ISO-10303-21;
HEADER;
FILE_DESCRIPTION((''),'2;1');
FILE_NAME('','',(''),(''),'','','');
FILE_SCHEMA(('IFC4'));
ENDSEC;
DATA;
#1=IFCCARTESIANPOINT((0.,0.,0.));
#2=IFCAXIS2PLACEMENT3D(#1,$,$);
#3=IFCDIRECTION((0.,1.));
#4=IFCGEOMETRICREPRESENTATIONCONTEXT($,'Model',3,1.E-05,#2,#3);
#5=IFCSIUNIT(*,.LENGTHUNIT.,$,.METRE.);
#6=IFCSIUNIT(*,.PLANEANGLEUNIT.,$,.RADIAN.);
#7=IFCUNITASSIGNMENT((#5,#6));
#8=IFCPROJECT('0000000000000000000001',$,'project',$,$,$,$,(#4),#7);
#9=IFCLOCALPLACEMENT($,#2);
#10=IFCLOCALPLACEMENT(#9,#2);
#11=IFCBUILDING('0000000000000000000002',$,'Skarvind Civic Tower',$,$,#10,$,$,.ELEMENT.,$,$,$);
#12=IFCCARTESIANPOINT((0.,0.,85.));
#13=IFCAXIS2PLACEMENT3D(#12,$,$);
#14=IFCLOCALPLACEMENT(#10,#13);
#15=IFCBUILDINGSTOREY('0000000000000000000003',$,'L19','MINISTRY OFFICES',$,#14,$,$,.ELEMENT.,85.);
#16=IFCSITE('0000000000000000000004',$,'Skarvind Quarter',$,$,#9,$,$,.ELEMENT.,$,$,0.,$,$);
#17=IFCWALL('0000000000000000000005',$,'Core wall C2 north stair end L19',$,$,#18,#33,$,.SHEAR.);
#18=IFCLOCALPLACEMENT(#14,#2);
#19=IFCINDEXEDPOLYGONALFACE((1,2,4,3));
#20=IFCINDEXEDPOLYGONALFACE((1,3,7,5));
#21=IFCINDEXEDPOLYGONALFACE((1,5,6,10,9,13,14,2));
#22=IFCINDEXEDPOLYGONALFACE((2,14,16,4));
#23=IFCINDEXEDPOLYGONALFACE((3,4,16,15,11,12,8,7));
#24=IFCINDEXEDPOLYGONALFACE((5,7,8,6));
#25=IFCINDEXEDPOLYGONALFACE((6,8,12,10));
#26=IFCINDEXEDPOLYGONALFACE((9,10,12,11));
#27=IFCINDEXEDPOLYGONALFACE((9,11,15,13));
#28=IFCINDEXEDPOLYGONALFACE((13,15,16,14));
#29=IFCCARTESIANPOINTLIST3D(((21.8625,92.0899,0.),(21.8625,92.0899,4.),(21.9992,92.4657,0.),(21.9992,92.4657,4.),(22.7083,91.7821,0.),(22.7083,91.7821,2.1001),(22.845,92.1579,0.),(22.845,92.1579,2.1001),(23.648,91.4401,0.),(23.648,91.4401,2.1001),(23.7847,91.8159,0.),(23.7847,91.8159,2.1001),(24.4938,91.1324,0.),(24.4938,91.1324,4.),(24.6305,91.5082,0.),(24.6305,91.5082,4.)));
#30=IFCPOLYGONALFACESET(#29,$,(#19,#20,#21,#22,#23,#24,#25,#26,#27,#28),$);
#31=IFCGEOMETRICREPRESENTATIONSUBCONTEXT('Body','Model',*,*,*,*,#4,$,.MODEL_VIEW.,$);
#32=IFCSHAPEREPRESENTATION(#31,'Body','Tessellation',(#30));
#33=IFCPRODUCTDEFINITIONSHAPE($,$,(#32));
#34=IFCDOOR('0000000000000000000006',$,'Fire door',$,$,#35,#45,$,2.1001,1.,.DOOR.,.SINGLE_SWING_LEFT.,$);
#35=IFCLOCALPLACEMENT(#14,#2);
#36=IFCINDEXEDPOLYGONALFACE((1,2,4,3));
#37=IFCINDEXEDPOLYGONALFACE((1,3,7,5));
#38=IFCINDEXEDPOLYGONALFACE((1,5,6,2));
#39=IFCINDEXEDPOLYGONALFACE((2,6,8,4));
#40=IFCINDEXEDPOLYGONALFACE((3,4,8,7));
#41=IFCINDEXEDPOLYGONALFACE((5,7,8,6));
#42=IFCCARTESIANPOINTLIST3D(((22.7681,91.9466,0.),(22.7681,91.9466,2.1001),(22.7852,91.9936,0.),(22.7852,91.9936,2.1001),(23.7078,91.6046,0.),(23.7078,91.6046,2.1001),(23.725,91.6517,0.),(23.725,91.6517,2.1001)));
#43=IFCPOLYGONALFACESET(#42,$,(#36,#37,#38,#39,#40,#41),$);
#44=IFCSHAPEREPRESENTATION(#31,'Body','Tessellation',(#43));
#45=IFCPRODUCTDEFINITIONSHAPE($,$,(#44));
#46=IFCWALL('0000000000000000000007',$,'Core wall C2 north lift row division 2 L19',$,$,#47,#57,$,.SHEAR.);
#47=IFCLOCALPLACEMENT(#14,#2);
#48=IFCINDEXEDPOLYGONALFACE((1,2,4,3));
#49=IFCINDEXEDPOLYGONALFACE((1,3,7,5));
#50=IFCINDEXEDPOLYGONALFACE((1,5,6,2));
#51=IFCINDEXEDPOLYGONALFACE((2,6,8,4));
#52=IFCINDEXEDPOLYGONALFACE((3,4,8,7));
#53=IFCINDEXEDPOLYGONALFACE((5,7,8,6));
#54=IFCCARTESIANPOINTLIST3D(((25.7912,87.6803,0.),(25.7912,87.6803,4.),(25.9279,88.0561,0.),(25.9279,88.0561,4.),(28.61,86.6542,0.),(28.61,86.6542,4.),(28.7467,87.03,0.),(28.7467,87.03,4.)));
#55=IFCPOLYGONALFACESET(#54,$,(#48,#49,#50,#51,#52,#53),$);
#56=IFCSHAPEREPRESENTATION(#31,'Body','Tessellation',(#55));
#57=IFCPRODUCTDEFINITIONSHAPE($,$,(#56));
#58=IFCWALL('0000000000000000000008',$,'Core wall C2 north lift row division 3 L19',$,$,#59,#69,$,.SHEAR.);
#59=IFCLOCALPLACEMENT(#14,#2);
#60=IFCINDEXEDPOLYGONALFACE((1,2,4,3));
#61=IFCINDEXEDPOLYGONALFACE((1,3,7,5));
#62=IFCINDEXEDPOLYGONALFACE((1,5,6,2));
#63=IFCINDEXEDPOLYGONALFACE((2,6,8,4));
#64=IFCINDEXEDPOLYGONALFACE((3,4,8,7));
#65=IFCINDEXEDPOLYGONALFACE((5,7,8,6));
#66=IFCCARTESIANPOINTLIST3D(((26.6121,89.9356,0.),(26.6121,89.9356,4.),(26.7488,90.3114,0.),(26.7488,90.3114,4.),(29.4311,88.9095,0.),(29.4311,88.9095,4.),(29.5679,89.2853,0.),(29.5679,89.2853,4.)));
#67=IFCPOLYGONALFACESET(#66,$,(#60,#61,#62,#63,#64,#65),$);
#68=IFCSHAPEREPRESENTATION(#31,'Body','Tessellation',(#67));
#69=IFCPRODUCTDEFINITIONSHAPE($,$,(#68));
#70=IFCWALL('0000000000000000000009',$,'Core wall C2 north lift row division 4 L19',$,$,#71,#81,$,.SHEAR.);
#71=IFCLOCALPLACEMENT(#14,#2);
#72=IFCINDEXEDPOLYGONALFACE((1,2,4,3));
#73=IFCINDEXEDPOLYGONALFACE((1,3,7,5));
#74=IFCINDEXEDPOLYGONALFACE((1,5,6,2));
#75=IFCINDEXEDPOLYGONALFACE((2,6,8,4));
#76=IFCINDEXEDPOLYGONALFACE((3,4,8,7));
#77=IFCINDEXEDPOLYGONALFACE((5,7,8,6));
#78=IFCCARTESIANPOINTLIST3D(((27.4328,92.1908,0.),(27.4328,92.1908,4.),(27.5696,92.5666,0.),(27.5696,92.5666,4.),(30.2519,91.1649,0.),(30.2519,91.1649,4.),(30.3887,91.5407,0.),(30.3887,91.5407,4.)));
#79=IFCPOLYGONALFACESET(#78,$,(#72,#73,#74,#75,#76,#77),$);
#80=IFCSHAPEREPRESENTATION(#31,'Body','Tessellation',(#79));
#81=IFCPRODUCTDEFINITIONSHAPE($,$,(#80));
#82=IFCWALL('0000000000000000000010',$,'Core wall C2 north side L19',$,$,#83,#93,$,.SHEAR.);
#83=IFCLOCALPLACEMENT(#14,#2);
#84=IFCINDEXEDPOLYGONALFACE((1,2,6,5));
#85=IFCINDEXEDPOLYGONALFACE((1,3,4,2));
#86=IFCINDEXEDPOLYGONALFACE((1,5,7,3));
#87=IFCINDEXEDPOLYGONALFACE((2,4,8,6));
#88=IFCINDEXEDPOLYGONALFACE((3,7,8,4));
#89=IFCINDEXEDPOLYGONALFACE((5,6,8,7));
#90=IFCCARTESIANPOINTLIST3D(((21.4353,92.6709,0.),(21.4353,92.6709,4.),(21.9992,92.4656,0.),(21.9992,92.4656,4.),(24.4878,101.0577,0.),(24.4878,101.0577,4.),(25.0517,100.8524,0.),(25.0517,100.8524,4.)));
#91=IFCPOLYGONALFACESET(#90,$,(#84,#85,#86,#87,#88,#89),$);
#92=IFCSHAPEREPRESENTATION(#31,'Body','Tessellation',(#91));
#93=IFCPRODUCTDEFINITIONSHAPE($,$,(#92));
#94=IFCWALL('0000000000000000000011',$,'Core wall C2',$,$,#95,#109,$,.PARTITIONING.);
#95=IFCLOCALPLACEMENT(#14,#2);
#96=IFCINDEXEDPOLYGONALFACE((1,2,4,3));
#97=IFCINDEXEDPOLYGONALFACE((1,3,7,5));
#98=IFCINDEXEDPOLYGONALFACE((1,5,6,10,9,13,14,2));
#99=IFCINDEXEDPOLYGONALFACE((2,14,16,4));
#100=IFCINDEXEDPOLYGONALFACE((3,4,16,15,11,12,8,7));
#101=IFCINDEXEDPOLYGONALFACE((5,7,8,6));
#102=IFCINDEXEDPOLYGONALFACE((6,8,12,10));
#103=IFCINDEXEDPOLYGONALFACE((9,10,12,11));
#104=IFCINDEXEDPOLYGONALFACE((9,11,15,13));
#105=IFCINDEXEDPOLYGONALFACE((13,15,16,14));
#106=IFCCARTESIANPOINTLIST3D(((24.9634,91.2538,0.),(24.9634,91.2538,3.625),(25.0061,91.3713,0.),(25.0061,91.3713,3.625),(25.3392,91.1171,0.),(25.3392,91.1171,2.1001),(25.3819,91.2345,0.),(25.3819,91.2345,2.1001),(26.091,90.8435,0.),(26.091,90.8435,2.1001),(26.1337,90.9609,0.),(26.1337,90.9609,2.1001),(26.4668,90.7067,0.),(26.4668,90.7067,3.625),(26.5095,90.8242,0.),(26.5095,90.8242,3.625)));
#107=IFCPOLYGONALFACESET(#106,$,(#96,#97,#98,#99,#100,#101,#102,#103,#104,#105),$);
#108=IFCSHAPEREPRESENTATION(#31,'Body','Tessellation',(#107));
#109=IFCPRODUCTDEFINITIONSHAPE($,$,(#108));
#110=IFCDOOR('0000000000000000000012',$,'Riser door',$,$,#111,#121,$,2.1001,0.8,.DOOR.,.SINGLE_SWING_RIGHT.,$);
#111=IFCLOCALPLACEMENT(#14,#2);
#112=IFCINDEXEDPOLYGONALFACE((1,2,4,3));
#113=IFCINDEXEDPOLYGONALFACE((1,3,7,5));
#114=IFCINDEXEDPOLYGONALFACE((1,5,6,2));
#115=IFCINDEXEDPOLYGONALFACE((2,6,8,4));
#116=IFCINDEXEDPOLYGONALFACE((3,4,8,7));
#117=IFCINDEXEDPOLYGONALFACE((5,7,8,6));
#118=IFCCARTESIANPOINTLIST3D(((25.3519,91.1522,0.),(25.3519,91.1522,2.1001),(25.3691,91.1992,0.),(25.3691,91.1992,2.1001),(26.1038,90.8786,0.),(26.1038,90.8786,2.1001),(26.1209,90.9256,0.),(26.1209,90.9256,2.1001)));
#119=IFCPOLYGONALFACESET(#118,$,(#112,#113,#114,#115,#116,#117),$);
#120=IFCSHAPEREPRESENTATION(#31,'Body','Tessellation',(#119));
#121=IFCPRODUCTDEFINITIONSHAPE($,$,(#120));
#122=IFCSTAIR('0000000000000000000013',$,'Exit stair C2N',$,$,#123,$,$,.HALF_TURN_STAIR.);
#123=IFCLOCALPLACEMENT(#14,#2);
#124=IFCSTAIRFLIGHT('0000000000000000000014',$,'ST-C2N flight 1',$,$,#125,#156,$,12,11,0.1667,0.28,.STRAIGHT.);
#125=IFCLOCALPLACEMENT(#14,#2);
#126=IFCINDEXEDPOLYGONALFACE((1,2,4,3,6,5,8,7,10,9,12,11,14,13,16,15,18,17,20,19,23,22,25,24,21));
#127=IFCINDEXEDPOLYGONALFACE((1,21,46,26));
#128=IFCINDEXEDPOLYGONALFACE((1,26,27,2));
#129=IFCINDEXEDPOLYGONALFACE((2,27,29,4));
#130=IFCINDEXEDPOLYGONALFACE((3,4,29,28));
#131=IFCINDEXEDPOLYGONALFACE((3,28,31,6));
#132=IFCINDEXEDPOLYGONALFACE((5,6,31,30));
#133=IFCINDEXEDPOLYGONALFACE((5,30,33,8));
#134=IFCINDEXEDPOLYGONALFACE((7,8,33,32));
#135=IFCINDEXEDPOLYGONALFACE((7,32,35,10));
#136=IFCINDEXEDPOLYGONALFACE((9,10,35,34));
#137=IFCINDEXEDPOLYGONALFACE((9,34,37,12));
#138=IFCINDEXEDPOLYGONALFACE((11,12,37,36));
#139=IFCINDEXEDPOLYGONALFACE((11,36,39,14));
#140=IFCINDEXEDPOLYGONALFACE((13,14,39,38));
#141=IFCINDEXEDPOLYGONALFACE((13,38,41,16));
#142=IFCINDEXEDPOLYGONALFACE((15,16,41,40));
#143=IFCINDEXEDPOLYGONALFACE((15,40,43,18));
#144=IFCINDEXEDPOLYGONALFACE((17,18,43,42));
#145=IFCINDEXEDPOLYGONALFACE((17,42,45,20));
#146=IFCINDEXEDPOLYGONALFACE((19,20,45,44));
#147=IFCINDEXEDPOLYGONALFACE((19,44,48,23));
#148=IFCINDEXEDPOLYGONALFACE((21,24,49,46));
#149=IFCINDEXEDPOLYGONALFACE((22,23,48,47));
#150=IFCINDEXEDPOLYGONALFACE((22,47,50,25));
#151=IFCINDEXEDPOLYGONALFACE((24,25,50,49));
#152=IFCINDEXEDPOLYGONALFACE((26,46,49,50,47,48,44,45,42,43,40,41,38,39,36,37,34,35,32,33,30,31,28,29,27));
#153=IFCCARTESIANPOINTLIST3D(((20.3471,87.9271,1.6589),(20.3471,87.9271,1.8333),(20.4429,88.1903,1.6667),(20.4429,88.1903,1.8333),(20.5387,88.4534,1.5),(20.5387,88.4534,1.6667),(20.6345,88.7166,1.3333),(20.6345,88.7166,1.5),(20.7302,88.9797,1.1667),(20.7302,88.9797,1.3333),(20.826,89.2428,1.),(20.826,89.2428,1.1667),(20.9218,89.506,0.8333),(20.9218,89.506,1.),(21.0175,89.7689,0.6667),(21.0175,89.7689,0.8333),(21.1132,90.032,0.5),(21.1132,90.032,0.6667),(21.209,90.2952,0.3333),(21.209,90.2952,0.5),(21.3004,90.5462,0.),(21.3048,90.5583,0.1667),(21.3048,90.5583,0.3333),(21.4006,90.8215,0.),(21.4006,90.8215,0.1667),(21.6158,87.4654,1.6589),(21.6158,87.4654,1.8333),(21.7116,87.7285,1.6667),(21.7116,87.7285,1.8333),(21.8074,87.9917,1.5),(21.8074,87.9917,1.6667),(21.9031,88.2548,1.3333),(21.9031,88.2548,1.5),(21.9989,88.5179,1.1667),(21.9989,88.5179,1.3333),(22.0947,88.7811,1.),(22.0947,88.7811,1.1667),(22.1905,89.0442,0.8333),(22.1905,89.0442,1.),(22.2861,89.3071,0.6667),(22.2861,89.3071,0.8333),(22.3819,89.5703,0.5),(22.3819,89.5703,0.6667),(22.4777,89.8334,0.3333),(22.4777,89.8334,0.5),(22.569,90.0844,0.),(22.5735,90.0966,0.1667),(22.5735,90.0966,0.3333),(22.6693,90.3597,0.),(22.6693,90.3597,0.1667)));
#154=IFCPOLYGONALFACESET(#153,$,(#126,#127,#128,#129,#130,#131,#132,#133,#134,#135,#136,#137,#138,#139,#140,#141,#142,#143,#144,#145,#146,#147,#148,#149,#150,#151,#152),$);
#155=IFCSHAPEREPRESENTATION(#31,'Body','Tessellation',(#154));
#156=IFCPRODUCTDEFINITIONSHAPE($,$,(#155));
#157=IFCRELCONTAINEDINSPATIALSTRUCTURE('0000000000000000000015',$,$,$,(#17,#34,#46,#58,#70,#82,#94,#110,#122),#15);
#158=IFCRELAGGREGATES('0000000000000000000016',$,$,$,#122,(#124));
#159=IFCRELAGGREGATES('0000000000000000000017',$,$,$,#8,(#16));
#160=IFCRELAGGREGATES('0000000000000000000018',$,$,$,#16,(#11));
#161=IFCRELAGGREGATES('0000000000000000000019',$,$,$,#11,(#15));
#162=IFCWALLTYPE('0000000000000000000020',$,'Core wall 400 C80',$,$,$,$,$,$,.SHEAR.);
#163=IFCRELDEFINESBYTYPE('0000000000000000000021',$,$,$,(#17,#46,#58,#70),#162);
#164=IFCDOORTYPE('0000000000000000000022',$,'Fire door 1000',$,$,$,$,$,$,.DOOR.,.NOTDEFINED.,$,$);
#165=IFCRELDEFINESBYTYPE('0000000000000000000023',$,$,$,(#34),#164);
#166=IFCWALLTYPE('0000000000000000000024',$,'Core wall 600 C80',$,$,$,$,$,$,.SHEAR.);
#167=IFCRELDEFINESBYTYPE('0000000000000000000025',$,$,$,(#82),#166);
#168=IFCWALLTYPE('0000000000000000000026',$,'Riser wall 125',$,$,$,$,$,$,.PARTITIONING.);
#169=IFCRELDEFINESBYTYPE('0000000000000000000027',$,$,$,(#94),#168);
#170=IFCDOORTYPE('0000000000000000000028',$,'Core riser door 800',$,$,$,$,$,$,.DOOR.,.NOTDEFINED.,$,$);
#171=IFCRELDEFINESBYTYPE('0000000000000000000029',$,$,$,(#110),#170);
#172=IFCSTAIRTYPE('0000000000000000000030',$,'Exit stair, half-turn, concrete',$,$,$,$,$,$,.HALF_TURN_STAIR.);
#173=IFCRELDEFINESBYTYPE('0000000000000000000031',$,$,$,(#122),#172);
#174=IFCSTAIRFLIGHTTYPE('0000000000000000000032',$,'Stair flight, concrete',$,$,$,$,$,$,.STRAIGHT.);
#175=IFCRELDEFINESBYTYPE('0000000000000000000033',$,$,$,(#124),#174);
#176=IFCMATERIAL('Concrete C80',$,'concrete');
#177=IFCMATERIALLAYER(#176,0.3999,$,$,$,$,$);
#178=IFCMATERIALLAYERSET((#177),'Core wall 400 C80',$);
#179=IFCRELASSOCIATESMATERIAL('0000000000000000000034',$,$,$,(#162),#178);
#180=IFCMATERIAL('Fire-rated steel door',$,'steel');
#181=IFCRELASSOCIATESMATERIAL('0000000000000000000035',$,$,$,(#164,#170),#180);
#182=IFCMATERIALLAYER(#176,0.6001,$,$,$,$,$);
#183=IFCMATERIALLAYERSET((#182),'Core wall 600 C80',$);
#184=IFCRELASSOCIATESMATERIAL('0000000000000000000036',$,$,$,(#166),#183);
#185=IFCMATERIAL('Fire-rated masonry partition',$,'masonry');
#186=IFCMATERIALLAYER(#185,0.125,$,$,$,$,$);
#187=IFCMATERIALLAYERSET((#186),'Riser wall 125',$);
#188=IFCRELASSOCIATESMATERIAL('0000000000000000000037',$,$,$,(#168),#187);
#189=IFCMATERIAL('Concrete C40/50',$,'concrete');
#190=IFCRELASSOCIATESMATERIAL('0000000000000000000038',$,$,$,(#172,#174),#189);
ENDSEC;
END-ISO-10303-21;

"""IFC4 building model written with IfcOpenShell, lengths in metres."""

from ifc_helpers import new_model, si_unit, direction, frame, frame_2d, origin, place, context, subcontext, project, spatial, polyline, rectangle, outline, extrude, material, layer, layer_set, type_object, element, fill, aggregate, save


model = new_model("IFC4")

# Units and contexts
model_context = context("Model", 3, precision=1e-05, world=origin(), true_north=direction((0.0, 1.0)))
body_context = subcontext(model_context, "Body", "Model", "MODEL_VIEW")
ifc_project = project(units=[si_unit("LENGTHUNIT", "METRE"), si_unit("PLANEANGLEUNIT", "RADIAN")], contexts=[model_context])

# Site, building, storey
site_placement = place(None, origin())
site = spatial("IfcSite", under=ifc_project, at=site_placement, Name="Skarvind Quarter", CompositionType="ELEMENT", RefElevation=0.0)
building_placement = place(site_placement, origin())
building = spatial("IfcBuilding", under=site, at=building_placement, Name="Skarvind Civic Tower", CompositionType="ELEMENT")
storey_placement = place(building_placement, frame((0.0, 0.0, 85.0)))
storey = spatial("IfcBuildingStorey", under=building, at=storey_placement, Name="L19", Description="MINISTRY OFFICES", CompositionType="ELEMENT", Elevation=85.0)

# Wall, opening, door
ifc_material_1 = material(Name="Concrete C80", Category="concrete")
ifc_layer_1 = layer(ifc_material_1, 0.3999)
ifc_layer_set_1 = layer_set([ifc_layer_1], Name="Core wall 400 C80")
wall_type_1 = type_object("IfcWallType", Name="Core wall 400 C80", PredefinedType="SHEAR", material=ifc_layer_set_1)
wall_1_placement = place(storey_placement, frame((24.562, 91.3203, 0.0), z_axis=(0.0, 0.0, 1.0), x_axis=(-0.939717, 0.341953, 0.0)))
wall_1 = element("IfcWall", 1, at=wall_1_placement, inside=storey, type_object=wall_type_1, Name="Core wall C2 north stair end L19", PredefinedType="SHEAR", context=body_context, shape_type="SweptSolid", body=[
    extrude(rectangle(XDim=2.8, YDim=0.3999, at=frame_2d((1.3999, 0.0))), origin(), (0.0, 0.0, 1.0), 4.0),
])
opening_1_placement = place(wall_1_placement, frame((0.8999, 0.0, 0.0)))
opening_1 = element("IfcOpeningElement", 2, at=opening_1_placement, cuts=wall_1, PredefinedType="OPENING", context=body_context, shape_type="SweptSolid", body=[
    extrude(rectangle(XDim=1.0, YDim=2.1001, at=frame_2d((0.5, 1.05))), frame((0.0, 0.21, 0.0), z_axis=(0.0, -1.0, 0.0), x_axis=(1.0, 0.0, 0.0)), (0.0, 0.0, 1.0), 0.4199),
])
ifc_material_2 = material(Name="Fire-rated steel door", Category="steel")
door_type_1 = type_object("IfcDoorType", Name="Fire door 1000", OperationType="NOTDEFINED", PredefinedType="DOOR", material=ifc_material_2)
door_1_placement = place(opening_1_placement, origin())
door_1 = element("IfcDoor", 3, at=door_1_placement, inside=storey, type_object=door_type_1, Name="Fire door", OperationType="SINGLE_SWING_LEFT", OverallHeight=2.1001, OverallWidth=1.0, PredefinedType="DOOR", context=body_context, shape_type="SweptSolid", body=[
    extrude(rectangle(XDim=1.0, YDim=2.1001, at=frame_2d((0.5, 1.05))), frame((0.0, 0.0249, 0.0), z_axis=(0.0, -1.0, 0.0), x_axis=(1.0, 0.0, 0.0)), (0.0, 0.0, 1.0), 0.05),
])
fill(opening_1, door_1)

# Walls
wall_2_placement = place(storey_placement, frame((28.6785, 86.842, 0.0), z_axis=(0.0, 0.0, 1.0), x_axis=(-0.939677, 0.342063, 0.0)))
element("IfcWall", 4, at=wall_2_placement, inside=storey, type_object=wall_type_1, Name="Core wall C2 north lift row division 2 L19", PredefinedType="SHEAR", context=body_context, shape_type="SweptSolid", body=[
    extrude(rectangle(XDim=2.9998, YDim=0.3999, at=frame_2d((1.5, 0.0))), origin(), (0.0, 0.0, 1.0), 4.0),
])
for number, where, z_axis, x_axis, name in (
    (5, (29.4995, 89.0974, 0.0), (0.0, 0.0, 1.0), (-0.939686, 0.342037, 0.0), "Core wall C2 north lift row division 3 L19"),
    (6, (30.3203, 91.3528, 0.0), (0.0, 0.0, 1.0), (-0.939713, 0.341965, 0.0), "Core wall C2 north lift row division 4 L19"),
):
    element("IfcWall", number, at=place(storey_placement, frame(where, z_axis=z_axis, x_axis=x_axis)), inside=storey, type_object=wall_type_1, Name=name, PredefinedType="SHEAR", context=body_context, shape_type="SweptSolid", body=[
        extrude(rectangle(XDim=3.0, YDim=0.3999, at=frame_2d((1.5, 0.0))), origin(), (0.0, 0.0, 1.0), 4.0),
    ])
ifc_layer_2 = layer(ifc_material_1, 0.6001)
ifc_layer_set_2 = layer_set([ifc_layer_2], Name="Core wall 600 C80")
wall_type_2 = type_object("IfcWallType", Name="Core wall 600 C80", PredefinedType="SHEAR", material=ifc_layer_set_2)
wall_3_placement = place(storey_placement, frame((21.7173, 92.5684, 0.0), z_axis=(0.0, 0.0, 1.0), x_axis=(0.342018, 0.939694, 0.0)))
element("IfcWall", 7, at=wall_3_placement, inside=storey, type_object=wall_type_2, Name="Core wall C2 north side L19", PredefinedType="SHEAR", context=body_context, shape_type="SweptSolid", body=[
    extrude(rectangle(XDim=8.925, YDim=0.6001, at=frame_2d((4.4624, 0.0))), origin(), (0.0, 0.0, 1.0), 4.0),
])

# Wall, opening, door
ifc_material_3 = material(Name="Fire-rated masonry partition", Category="masonry")
ifc_layer_3 = layer(ifc_material_3, 0.125)
ifc_layer_set_3 = layer_set([ifc_layer_3], Name="Riser wall 125")
wall_type_3 = type_object("IfcWallType", Name="Riser wall 125", PredefinedType="PARTITIONING", material=ifc_layer_set_3)
wall_4_placement = place(storey_placement, frame((24.9849, 91.3125, 0.0), z_axis=(0.0, 0.0, 1.0), x_axis=(0.939709, -0.341976, 0.0)))
wall_4 = element("IfcWall", 8, at=wall_4_placement, inside=storey, type_object=wall_type_3, Name="Core wall C2", PredefinedType="PARTITIONING", context=body_context, shape_type="SweptSolid", body=[
    extrude(rectangle(XDim=1.5999, YDim=0.125, at=frame_2d((0.7998, 0.0))), origin(), (0.0, 0.0, 1.0), 3.625),
])
opening_2_placement = place(wall_4_placement, frame((0.3999, 0.0, 0.0)))
opening_2 = element("IfcOpeningElement", 9, at=opening_2_placement, cuts=wall_4, PredefinedType="OPENING", context=body_context, shape_type="SweptSolid", body=[
    extrude(rectangle(XDim=0.8, YDim=2.1001, at=frame_2d((0.3999, 1.05))), frame((0.0, 0.0725, 0.0), z_axis=(0.0, -1.0, 0.0), x_axis=(1.0, 0.0, 0.0)), (0.0, 0.0, 1.0), 0.145),
])
door_type_2 = type_object("IfcDoorType", Name="Core riser door 800", OperationType="NOTDEFINED", PredefinedType="DOOR", material=ifc_material_2)
door_2_placement = place(opening_2_placement, origin())
door_2 = element("IfcDoor", 10, at=door_2_placement, inside=storey, type_object=door_type_2, Name="Riser door", OperationType="SINGLE_SWING_RIGHT", OverallHeight=2.1001, OverallWidth=0.8, PredefinedType="DOOR", context=body_context, shape_type="SweptSolid", body=[
    extrude(rectangle(XDim=0.8, YDim=2.1001, at=frame_2d((0.3999, 1.05))), frame((0.0, 0.0249, 0.0), z_axis=(0.0, -1.0, 0.0), x_axis=(1.0, 0.0, 0.0)), (0.0, 0.0, 1.0), 0.05),
])
fill(opening_2, door_2)

# Stair, stair flight
ifc_material_4 = material(Name="Concrete C40/50", Category="concrete")
stair_type = type_object("IfcStairType", Name="Exit stair, half-turn, concrete", PredefinedType="HALF_TURN_STAIR", material=ifc_material_4)
stair_placement = place(storey_placement, origin())
stair = element("IfcStair", 11, at=stair_placement, inside=storey, type_object=stair_type, Name="Exit stair C2N", PredefinedType="HALF_TURN_STAIR")
stair_flight_type = type_object("IfcStairFlightType", Name="Stair flight, concrete", PredefinedType="STRAIGHT", material=ifc_material_4)
stair_flight_1_placement = place(storey_placement, frame((22.0349, 90.5906, 0.0), z_axis=(0.0, 0.0, 1.0), x_axis=(-0.34202, -0.939693, 0.0)))
stair_flight_1 = element("IfcStairFlight", 12, at=stair_flight_1_placement, type_object=stair_flight_type, Name="ST-C2N flight 1", NumberOfRisers=12, NumberOfTreads=11, PredefinedType="STRAIGHT", RiserHeight=0.1667, TreadLength=0.28, context=body_context, shape_type="SweptSolid", body=[
    extrude(outline(polyline([(0.0, 0.0), (0.0, 0.1667), (0.28, 0.1667), (0.28, 0.3333), (0.5601, 0.3333), (0.5601, 0.5), (0.8401, 0.5), (0.8401, 0.6667), (1.1201, 0.6667), (1.1201, 0.8333), (1.3999, 0.8333), (1.3999, 1.0), (1.6799, 1.0), (1.6799, 1.1667), (1.96, 1.1667), (1.96, 1.3333), (2.24, 1.3333), (2.24, 1.5), (2.52, 1.5), (2.52, 1.6667), (2.8, 1.6667), (2.8, 1.8333), (3.0801, 1.8333), (3.0801, 2.0), (3.0801, 1.6589), (0.293, 0.0), (0.0, 0.0)])), frame((0.0, 0.675, 0.0), z_axis=(0.0, -1.0, 0.0), x_axis=(1.0, 0.0, 0.0)), (0.0, 0.0, 1.0), 1.3501),
])
aggregate(stair, [stair_flight_1])

save(model, "model.ifc")
